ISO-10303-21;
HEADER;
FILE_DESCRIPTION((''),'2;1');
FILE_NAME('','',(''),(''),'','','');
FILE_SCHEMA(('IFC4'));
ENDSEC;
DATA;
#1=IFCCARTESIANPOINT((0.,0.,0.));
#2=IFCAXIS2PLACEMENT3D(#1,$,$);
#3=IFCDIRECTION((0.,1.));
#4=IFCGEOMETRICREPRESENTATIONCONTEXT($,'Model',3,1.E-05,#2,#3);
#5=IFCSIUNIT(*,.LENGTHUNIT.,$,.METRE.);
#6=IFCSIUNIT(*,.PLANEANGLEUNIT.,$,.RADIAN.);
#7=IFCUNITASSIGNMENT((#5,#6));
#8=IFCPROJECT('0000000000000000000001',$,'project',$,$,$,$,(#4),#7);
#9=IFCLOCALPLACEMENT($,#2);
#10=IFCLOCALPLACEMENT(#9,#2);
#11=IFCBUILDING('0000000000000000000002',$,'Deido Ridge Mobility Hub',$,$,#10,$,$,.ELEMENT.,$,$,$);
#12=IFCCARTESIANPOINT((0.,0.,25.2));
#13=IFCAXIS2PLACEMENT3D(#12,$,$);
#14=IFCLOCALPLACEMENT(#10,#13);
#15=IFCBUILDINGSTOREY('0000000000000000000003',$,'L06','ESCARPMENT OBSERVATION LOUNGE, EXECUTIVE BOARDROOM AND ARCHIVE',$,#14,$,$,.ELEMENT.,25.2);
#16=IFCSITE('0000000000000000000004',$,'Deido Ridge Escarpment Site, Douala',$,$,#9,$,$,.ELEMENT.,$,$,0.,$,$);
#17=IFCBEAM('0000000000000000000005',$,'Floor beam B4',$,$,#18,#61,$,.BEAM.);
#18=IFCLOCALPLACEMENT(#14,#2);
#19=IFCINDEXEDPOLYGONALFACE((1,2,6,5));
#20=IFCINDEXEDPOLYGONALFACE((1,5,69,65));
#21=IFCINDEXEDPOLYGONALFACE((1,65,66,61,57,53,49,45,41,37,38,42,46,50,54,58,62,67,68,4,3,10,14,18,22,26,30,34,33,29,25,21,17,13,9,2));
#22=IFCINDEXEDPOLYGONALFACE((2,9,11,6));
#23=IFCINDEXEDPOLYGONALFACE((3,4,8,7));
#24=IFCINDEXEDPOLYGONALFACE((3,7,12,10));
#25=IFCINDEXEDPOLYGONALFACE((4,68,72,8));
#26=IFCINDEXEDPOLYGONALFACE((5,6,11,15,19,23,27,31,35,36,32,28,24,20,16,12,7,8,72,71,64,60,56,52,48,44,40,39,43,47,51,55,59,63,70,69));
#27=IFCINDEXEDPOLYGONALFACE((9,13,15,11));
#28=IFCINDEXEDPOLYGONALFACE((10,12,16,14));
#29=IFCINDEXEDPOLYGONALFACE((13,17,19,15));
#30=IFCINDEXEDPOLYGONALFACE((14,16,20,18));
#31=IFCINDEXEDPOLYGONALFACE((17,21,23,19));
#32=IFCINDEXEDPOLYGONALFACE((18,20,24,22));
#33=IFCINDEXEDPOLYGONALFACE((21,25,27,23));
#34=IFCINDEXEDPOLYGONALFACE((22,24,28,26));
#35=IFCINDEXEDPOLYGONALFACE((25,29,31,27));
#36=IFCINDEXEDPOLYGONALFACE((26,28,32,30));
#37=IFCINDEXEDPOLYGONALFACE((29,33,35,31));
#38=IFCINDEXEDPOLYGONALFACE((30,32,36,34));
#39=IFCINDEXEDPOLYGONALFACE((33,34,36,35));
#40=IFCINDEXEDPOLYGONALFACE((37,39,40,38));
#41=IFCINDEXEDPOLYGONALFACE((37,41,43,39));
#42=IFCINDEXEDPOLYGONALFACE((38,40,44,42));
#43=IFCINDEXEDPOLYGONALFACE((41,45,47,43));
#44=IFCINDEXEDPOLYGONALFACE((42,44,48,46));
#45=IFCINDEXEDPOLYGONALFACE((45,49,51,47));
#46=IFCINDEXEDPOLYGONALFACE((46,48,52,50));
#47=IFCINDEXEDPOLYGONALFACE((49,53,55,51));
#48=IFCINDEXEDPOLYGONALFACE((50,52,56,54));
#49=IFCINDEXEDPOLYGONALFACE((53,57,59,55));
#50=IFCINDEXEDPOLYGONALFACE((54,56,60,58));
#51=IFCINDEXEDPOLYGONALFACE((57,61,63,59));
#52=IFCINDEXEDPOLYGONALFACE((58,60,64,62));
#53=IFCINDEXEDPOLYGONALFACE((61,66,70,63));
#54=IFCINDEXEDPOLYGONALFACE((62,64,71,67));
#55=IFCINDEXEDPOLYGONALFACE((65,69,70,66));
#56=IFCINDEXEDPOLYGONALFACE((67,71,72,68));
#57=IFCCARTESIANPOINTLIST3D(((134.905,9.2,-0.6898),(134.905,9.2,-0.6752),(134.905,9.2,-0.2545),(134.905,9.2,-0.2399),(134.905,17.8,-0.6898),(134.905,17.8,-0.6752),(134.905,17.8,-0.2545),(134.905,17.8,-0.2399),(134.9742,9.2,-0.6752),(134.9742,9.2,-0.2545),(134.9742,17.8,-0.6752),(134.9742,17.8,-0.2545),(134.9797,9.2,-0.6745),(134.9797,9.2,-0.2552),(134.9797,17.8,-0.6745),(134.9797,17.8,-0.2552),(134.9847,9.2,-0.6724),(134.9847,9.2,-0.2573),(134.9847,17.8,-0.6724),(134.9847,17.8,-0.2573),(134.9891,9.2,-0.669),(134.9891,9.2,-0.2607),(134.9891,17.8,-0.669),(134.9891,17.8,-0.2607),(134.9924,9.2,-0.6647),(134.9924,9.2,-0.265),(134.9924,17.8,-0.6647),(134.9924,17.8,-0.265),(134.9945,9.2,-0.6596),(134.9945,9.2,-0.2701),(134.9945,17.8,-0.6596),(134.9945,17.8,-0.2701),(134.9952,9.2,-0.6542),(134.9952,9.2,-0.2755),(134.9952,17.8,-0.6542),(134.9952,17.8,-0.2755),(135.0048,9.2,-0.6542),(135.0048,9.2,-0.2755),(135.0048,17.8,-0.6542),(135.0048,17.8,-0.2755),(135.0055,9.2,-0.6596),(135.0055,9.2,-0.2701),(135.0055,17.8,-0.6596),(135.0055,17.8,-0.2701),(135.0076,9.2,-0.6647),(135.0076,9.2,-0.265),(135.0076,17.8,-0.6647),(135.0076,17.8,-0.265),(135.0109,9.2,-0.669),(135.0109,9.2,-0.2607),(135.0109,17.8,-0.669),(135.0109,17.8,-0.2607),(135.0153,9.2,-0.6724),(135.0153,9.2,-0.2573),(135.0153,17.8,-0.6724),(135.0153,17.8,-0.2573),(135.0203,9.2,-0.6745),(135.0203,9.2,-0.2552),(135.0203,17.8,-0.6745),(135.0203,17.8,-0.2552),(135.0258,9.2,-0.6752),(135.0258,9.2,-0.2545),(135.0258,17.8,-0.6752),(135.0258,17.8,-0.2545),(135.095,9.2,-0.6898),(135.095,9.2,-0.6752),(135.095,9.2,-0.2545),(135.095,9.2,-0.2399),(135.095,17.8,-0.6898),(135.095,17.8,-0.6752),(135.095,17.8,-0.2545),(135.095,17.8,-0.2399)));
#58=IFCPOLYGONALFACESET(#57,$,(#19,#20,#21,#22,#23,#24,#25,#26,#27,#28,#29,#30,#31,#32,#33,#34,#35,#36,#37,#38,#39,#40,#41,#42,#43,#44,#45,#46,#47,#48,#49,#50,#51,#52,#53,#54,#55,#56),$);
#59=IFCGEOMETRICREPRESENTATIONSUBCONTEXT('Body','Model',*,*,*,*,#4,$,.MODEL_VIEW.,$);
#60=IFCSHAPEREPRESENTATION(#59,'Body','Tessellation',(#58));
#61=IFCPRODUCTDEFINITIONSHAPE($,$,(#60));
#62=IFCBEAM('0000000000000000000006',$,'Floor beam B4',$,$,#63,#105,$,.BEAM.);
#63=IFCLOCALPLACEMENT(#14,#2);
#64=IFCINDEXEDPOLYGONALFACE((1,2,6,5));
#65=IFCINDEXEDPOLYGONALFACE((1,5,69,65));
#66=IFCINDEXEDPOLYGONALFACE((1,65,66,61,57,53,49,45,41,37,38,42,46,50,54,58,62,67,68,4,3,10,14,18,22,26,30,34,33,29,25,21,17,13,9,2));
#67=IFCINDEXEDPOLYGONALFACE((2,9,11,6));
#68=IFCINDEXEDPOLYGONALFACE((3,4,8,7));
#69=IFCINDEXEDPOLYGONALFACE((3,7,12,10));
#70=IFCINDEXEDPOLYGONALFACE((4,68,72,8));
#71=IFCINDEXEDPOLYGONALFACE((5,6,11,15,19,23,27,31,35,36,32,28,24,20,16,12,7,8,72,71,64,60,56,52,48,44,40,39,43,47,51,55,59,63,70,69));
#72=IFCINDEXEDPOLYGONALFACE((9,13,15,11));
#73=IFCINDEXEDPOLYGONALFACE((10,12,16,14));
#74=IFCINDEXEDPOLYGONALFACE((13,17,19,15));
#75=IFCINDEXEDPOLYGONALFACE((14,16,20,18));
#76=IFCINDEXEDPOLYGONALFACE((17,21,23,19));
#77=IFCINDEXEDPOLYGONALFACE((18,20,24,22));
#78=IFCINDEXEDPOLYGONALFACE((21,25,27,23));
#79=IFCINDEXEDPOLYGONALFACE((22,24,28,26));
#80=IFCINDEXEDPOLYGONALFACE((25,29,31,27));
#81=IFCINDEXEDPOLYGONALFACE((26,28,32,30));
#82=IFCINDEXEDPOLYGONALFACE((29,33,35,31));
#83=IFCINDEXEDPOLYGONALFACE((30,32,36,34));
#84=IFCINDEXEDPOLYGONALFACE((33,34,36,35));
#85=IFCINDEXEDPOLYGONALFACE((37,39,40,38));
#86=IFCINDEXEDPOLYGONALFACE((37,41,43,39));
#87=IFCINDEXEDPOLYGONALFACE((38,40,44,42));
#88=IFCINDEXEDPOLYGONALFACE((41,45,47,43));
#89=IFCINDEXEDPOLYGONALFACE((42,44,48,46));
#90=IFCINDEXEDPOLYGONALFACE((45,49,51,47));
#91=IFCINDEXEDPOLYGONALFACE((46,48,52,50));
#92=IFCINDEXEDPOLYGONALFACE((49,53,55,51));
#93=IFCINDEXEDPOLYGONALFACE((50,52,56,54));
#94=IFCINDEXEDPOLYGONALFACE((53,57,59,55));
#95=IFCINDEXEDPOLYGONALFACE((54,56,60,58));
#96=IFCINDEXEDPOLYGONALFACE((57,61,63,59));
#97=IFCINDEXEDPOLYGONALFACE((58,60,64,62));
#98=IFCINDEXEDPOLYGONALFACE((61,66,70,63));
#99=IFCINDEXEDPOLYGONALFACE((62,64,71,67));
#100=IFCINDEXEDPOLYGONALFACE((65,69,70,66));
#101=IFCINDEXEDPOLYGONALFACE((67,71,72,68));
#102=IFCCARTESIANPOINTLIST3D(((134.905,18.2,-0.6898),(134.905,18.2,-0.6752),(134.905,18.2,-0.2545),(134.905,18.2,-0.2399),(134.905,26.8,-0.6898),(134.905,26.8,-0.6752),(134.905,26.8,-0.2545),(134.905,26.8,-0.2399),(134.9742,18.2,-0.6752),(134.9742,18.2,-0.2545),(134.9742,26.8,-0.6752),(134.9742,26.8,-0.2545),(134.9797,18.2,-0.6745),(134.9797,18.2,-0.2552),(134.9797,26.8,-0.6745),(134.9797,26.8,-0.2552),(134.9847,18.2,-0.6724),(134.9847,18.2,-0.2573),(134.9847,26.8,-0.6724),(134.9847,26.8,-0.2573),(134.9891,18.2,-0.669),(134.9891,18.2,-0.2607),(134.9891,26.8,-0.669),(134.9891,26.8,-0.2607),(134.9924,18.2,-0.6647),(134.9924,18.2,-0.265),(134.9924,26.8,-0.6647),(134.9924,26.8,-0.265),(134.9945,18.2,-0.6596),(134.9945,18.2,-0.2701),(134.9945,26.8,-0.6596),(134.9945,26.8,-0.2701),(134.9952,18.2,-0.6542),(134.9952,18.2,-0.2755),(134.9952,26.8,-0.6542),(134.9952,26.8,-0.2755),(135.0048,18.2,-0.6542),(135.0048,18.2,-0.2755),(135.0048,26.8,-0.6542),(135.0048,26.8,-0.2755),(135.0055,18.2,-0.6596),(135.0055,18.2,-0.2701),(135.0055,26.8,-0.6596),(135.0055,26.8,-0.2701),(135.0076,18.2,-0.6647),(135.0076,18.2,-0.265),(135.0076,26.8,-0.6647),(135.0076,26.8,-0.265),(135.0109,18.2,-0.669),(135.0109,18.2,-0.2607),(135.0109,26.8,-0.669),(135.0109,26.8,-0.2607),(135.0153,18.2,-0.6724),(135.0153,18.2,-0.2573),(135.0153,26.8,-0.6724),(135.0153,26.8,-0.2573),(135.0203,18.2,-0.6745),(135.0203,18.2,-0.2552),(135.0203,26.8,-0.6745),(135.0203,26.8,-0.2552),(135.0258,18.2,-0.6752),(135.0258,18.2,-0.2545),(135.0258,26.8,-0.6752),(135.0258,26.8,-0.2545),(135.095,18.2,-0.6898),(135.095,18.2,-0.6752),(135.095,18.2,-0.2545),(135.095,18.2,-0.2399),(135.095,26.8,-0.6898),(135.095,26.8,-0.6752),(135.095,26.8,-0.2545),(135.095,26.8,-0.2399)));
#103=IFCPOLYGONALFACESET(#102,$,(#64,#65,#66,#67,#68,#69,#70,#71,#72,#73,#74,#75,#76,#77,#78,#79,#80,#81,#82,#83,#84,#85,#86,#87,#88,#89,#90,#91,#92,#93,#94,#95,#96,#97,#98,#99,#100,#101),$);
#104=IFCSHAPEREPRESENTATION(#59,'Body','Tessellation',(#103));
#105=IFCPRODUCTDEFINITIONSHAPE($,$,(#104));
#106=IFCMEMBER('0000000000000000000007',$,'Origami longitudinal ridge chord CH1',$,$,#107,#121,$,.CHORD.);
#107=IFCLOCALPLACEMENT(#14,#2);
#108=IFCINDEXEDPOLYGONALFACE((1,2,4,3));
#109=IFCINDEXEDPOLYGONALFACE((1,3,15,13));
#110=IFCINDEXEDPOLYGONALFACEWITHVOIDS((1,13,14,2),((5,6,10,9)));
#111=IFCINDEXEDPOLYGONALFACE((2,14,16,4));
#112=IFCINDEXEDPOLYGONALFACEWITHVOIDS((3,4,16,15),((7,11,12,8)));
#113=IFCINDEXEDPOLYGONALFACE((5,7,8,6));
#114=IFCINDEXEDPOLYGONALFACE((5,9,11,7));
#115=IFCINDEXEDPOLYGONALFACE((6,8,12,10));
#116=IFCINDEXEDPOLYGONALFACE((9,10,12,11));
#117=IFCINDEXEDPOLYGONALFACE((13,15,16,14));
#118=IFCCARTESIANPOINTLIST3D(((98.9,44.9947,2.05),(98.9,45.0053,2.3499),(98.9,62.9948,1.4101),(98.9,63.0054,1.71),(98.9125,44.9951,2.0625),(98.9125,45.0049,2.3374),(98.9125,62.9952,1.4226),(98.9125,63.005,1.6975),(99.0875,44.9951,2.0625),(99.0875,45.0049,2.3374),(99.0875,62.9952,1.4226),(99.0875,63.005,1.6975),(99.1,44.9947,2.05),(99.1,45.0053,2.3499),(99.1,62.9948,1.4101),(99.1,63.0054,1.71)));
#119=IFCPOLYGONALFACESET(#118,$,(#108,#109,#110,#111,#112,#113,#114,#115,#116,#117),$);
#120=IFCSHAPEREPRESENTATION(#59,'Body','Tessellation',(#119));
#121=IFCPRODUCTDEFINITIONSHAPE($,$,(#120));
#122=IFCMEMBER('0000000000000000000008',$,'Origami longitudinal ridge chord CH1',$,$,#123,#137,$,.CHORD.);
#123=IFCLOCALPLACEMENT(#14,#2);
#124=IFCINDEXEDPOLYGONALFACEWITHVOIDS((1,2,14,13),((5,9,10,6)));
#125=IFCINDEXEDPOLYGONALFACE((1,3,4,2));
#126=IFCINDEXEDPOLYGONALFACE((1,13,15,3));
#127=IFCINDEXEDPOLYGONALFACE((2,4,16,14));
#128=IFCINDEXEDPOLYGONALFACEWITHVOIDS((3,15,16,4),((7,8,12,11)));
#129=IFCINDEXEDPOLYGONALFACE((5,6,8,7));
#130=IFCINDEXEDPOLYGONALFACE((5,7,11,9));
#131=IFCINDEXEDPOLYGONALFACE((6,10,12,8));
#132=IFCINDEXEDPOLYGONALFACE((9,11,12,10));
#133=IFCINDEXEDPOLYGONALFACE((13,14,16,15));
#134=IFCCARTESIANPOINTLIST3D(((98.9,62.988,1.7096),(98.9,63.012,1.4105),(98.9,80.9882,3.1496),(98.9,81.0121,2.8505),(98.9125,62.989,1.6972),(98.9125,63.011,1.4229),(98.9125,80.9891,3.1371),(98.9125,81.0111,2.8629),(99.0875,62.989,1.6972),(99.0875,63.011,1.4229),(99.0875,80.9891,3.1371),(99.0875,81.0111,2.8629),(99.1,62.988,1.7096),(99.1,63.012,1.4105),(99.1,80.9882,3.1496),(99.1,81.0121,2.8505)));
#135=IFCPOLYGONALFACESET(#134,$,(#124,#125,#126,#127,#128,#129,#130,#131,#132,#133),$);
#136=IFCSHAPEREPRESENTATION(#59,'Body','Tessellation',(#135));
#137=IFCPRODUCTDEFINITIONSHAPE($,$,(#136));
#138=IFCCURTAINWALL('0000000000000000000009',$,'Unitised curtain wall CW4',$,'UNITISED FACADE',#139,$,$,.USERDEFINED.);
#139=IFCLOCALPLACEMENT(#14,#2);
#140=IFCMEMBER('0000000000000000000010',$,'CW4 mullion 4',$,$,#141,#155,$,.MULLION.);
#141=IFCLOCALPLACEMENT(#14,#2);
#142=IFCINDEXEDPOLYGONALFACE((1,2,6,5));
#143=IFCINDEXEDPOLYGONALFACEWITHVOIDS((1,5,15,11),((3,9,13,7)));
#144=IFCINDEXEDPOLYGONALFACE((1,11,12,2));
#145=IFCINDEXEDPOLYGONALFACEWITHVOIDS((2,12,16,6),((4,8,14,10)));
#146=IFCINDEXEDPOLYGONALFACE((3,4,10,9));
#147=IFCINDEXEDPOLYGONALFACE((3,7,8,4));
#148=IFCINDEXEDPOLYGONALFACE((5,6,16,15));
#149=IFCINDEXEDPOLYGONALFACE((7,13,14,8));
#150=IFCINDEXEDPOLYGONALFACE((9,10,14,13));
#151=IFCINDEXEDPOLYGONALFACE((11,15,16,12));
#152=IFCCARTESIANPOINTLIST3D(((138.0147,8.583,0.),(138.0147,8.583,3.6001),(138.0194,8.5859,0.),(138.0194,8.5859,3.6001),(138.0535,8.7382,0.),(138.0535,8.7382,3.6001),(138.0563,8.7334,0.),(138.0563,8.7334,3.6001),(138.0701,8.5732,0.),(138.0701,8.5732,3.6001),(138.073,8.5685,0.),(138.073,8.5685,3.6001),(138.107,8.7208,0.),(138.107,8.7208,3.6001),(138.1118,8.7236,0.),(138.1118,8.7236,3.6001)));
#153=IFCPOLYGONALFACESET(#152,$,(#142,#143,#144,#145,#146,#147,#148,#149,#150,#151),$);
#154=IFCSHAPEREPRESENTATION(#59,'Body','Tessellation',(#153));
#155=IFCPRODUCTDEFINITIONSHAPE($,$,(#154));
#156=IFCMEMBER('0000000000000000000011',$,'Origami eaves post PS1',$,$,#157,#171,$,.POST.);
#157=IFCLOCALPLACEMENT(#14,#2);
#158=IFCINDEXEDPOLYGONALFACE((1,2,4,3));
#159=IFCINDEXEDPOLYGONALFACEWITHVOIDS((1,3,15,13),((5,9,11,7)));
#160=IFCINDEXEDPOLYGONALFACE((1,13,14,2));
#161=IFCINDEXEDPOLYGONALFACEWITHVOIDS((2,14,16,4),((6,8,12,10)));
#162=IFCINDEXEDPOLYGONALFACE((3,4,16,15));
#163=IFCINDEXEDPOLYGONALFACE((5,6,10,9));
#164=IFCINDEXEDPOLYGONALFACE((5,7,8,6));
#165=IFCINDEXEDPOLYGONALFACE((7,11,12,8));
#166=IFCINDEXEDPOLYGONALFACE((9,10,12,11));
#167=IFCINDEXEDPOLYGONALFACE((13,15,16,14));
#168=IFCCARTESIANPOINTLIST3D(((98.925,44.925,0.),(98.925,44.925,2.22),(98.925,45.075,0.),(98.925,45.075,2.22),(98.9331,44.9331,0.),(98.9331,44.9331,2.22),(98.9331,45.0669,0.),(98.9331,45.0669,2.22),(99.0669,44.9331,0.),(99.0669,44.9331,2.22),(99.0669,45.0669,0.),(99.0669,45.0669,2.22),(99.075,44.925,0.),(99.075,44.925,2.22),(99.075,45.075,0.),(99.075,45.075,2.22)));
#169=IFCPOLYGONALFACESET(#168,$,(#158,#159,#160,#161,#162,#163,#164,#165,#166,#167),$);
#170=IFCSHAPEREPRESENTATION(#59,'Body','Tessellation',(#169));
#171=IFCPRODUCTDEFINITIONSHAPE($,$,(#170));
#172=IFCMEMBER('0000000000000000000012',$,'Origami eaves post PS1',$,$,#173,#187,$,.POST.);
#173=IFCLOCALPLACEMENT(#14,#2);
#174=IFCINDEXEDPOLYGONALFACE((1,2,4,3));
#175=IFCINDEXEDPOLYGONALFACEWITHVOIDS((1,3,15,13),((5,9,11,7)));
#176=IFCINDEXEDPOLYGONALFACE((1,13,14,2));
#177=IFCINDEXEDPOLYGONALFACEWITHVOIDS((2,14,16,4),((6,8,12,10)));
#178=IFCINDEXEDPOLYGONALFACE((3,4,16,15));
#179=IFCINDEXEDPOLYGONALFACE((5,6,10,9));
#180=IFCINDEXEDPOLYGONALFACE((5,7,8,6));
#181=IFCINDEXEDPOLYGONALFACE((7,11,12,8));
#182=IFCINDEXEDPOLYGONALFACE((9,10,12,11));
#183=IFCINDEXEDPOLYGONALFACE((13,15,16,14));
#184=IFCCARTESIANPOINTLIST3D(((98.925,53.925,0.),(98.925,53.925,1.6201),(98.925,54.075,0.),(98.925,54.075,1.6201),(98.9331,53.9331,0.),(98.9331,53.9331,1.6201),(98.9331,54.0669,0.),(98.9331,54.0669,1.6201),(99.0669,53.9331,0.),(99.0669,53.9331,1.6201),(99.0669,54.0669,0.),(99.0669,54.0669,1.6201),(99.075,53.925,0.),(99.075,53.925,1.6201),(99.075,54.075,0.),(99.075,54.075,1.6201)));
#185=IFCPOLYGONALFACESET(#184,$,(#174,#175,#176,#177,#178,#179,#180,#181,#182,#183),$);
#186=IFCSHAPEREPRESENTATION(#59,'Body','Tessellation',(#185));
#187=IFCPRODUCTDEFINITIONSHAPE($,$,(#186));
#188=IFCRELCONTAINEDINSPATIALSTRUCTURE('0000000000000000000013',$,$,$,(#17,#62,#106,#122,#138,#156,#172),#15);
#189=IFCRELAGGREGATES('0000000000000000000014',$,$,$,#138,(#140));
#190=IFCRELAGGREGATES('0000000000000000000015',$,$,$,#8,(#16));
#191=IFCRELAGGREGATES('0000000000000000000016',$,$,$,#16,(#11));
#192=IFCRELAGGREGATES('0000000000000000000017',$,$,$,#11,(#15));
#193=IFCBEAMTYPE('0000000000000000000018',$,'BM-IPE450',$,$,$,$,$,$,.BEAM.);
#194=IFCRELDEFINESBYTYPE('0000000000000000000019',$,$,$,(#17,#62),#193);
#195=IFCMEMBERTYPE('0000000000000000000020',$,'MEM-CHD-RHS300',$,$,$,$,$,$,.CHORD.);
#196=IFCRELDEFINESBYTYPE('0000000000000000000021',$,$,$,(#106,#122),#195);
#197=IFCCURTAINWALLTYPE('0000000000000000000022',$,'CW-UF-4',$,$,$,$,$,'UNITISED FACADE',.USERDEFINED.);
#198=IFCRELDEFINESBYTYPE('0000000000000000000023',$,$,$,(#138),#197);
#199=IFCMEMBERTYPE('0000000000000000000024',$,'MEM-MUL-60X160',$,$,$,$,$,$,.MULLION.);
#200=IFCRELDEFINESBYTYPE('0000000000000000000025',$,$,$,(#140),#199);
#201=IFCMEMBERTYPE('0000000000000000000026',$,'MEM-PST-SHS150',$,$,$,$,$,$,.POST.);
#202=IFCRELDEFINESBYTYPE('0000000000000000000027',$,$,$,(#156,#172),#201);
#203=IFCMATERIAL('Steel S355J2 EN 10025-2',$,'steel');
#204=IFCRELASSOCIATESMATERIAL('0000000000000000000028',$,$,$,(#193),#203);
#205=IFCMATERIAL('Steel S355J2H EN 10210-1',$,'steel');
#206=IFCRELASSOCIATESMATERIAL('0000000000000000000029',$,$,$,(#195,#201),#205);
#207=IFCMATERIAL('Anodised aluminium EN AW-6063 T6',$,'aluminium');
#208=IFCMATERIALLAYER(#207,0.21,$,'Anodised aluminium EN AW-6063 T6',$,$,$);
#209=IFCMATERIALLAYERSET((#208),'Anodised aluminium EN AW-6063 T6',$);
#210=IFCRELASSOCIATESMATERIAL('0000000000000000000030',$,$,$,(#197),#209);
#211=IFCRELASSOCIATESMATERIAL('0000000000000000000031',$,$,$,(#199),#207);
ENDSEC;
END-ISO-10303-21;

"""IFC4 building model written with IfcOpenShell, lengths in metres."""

from ifc_helpers import new_model, si_unit, direction, frame, origin, origin_2d, place, context, subcontext, project, spatial, hollow_rectangle, i_section, extrude, material, layer, layer_set, material_profile, profile_set, type_object, element, aggregate, save


model = new_model("IFC4")

# Units and contexts
model_context = context("Model", 3, precision=1e-05, world=origin(), true_north=direction((0.0, 1.0)))
body_context = subcontext(model_context, "Body", "Model", "MODEL_VIEW")
ifc_project = project(units=[si_unit("LENGTHUNIT", "METRE"), si_unit("PLANEANGLEUNIT", "RADIAN")], contexts=[model_context])

# Site, building, storey
site_placement = place(None, origin())
site = spatial("IfcSite", under=ifc_project, at=site_placement, Name="Deido Ridge Escarpment Site, Douala", CompositionType="ELEMENT", RefElevation=0.0)
building_placement = place(site_placement, origin())
building = spatial("IfcBuilding", under=site, at=building_placement, Name="Deido Ridge Mobility Hub", CompositionType="ELEMENT")
storey_placement = place(building_placement, frame((0.0, 0.0, 25.2)))
storey = spatial("IfcBuildingStorey", under=building, at=storey_placement, Name="L06", Description="ESCARPMENT OBSERVATION LOUNGE, EXECUTIVE BOARDROOM AND ARCHIVE", CompositionType="ELEMENT", Elevation=25.2)

# Shared definitions
ifc_material_1 = material(Name="Steel S355J2 EN 10025-2", Category="steel")

# Beams
ifc_material_profile_1 = material_profile(ifc_material_1, i_section(OverallWidth=0.1899, OverallDepth=0.45, WebThickness=0.0095, FlangeThickness=0.0146, FilletRadius=0.021, at=origin_2d()), Name="IPE 450")
ifc_profile_set_1 = profile_set([ifc_material_profile_1], Name="Steel S355J2 EN 10025-2")
beam_type_1 = type_object("IfcBeamType", Name="BM-IPE450", PredefinedType="BEAM", material=ifc_profile_set_1)
for number, where, z_axis, x_axis, name in (
    (1, (135.0, 9.2, -0.4648), (0.0, 1.0, 0.0), (-1.0, 0.0, 0.0), "Floor beam B4"),
    (2, (135.0, 18.2, -0.4648), (0.0, 1.0, 0.0), (-1.0, 0.0, 0.0), "Floor beam B4"),
):
    element("IfcBeam", number, at=place(storey_placement, frame(where, z_axis=z_axis, x_axis=x_axis)), inside=storey, type_object=beam_type_1, Name=name, PredefinedType="BEAM", context=body_context, shape_type="SweptSolid", body=[
        extrude(i_section(OverallWidth=0.1899, OverallDepth=0.45, WebThickness=0.0095, FlangeThickness=0.0146, FilletRadius=0.021, at=origin_2d()), origin(), (0.0, 0.0, 1.0), 8.6001),
    ])

# Members
ifc_material_2 = material(Name="Steel S355J2H EN 10210-1", Category="steel")
ifc_material_profile_2 = material_profile(ifc_material_2, hollow_rectangle(XDim=0.2, YDim=0.3, WallThickness=0.0125, at=origin_2d()), Name="RHS 300x200x12.5")
ifc_profile_set_2 = profile_set([ifc_material_profile_2], Name="Steel S355J2H EN 10210-1")
member_type_1 = type_object("IfcMemberType", Name="MEM-CHD-RHS300", PredefinedType="CHORD", material=ifc_profile_set_2)
member_1_placement = place(storey_placement, frame((99.0, 45.0, 2.2), z_axis=(0.0, 0.999369, -0.035527), x_axis=(-1.0, 0.0, 0.0)))
element("IfcMember", 3, at=member_1_placement, inside=storey, type_object=member_type_1, Name="Origami longitudinal ridge chord CH1", PredefinedType="CHORD", context=body_context, shape_type="SweptSolid", body=[
    extrude(hollow_rectangle(XDim=0.2, YDim=0.3, WallThickness=0.0125, at=origin_2d()), origin(), (0.0, 0.0, 1.0), 18.0115),
])
member_2_placement = place(storey_placement, frame((99.0, 63.0, 1.5601), z_axis=(0.0, 0.996816, 0.079742), x_axis=(-1.0, 0.0, 0.0)))
element("IfcMember", 4, at=member_2_placement, inside=storey, type_object=member_type_1, Name="Origami longitudinal ridge chord CH1", PredefinedType="CHORD", context=body_context, shape_type="SweptSolid", body=[
    extrude(hollow_rectangle(XDim=0.2, YDim=0.3, WallThickness=0.0125, at=origin_2d()), origin(), (0.0, 0.0, 1.0), 18.0576),
])

# Curtain wall, member
ifc_material_3 = material(Name="Anodised aluminium EN AW-6063 T6", Category="aluminium")
ifc_layer_1 = layer(ifc_material_3, 0.21, Name="Anodised aluminium EN AW-6063 T6")
ifc_layer_set_1 = layer_set([ifc_layer_1], Name="Anodised aluminium EN AW-6063 T6")
curtain_wall_type = type_object("IfcCurtainWallType", Name="CW-UF-4", ElementType="UNITISED FACADE", PredefinedType="USERDEFINED", material=ifc_layer_set_1)
curtain_wall_placement = place(storey_placement, origin())
curtain_wall = element("IfcCurtainWall", 5, at=curtain_wall_placement, inside=storey, type_object=curtain_wall_type, Name="Unitised curtain wall CW4", ObjectType="UNITISED FACADE", PredefinedType="USERDEFINED")
ifc_material_profile_3 = material_profile(ifc_material_3, hollow_rectangle(XDim=0.0601, YDim=0.1599, WallThickness=0.0039, at=origin_2d()), Name="RHS 60x160x4")
ifc_profile_set_3 = profile_set([ifc_material_profile_3], Name="Anodised aluminium EN AW-6063 T6")
member_type_2 = type_object("IfcMemberType", Name="MEM-MUL-60X160", PredefinedType="MULLION", material=ifc_profile_set_3)
member_3_placement = place(storey_placement, frame((138.0632, 8.6533, 0.0), z_axis=(0.0, 0.0, 1.0), x_axis=(-0.970143, 0.242536, 0.0)))
member_3 = element("IfcMember", 6, at=member_3_placement, type_object=member_type_2, Name="CW4 mullion 4", PredefinedType="MULLION", context=body_context, shape_type="SweptSolid", body=[
    extrude(hollow_rectangle(XDim=0.0601, YDim=0.1599, WallThickness=0.0039, at=origin_2d()), origin(), (0.0, 0.0, 1.0), 3.6001),
])

# Members
ifc_material_profile_4 = material_profile(ifc_material_2, hollow_rectangle(XDim=0.1499, YDim=0.1499, WallThickness=0.0081, at=origin_2d()), Name="SHS 150x150x8")
ifc_profile_set_4 = profile_set([ifc_material_profile_4], Name="Steel S355J2H EN 10210-1")
member_type_3 = type_object("IfcMemberType", Name="MEM-PST-SHS150", PredefinedType="POST", material=ifc_profile_set_4)
member_4_placement = place(storey_placement, frame((99.0, 45.0, 0.0), z_axis=(0.0, 0.0, 1.0), x_axis=(1.0, 0.0, 0.0)))
element("IfcMember", 7, at=member_4_placement, inside=storey, type_object=member_type_3, Name="Origami eaves post PS1", PredefinedType="POST", context=body_context, shape_type="SweptSolid", body=[
    extrude(hollow_rectangle(XDim=0.1499, YDim=0.1499, WallThickness=0.0081, at=origin_2d()), origin(), (0.0, 0.0, 1.0), 2.22),
])
member_5_placement = place(storey_placement, frame((99.0, 54.0, 0.0), z_axis=(0.0, 0.0, 1.0), x_axis=(1.0, 0.0, 0.0)))
element("IfcMember", 8, at=member_5_placement, inside=storey, type_object=member_type_3, Name="Origami eaves post PS1", PredefinedType="POST", context=body_context, shape_type="SweptSolid", body=[
    extrude(hollow_rectangle(XDim=0.1499, YDim=0.1499, WallThickness=0.0081, at=origin_2d()), origin(), (0.0, 0.0, 1.0), 1.6201),
])

aggregate(curtain_wall, [member_3])

save(model, "model.ifc")
